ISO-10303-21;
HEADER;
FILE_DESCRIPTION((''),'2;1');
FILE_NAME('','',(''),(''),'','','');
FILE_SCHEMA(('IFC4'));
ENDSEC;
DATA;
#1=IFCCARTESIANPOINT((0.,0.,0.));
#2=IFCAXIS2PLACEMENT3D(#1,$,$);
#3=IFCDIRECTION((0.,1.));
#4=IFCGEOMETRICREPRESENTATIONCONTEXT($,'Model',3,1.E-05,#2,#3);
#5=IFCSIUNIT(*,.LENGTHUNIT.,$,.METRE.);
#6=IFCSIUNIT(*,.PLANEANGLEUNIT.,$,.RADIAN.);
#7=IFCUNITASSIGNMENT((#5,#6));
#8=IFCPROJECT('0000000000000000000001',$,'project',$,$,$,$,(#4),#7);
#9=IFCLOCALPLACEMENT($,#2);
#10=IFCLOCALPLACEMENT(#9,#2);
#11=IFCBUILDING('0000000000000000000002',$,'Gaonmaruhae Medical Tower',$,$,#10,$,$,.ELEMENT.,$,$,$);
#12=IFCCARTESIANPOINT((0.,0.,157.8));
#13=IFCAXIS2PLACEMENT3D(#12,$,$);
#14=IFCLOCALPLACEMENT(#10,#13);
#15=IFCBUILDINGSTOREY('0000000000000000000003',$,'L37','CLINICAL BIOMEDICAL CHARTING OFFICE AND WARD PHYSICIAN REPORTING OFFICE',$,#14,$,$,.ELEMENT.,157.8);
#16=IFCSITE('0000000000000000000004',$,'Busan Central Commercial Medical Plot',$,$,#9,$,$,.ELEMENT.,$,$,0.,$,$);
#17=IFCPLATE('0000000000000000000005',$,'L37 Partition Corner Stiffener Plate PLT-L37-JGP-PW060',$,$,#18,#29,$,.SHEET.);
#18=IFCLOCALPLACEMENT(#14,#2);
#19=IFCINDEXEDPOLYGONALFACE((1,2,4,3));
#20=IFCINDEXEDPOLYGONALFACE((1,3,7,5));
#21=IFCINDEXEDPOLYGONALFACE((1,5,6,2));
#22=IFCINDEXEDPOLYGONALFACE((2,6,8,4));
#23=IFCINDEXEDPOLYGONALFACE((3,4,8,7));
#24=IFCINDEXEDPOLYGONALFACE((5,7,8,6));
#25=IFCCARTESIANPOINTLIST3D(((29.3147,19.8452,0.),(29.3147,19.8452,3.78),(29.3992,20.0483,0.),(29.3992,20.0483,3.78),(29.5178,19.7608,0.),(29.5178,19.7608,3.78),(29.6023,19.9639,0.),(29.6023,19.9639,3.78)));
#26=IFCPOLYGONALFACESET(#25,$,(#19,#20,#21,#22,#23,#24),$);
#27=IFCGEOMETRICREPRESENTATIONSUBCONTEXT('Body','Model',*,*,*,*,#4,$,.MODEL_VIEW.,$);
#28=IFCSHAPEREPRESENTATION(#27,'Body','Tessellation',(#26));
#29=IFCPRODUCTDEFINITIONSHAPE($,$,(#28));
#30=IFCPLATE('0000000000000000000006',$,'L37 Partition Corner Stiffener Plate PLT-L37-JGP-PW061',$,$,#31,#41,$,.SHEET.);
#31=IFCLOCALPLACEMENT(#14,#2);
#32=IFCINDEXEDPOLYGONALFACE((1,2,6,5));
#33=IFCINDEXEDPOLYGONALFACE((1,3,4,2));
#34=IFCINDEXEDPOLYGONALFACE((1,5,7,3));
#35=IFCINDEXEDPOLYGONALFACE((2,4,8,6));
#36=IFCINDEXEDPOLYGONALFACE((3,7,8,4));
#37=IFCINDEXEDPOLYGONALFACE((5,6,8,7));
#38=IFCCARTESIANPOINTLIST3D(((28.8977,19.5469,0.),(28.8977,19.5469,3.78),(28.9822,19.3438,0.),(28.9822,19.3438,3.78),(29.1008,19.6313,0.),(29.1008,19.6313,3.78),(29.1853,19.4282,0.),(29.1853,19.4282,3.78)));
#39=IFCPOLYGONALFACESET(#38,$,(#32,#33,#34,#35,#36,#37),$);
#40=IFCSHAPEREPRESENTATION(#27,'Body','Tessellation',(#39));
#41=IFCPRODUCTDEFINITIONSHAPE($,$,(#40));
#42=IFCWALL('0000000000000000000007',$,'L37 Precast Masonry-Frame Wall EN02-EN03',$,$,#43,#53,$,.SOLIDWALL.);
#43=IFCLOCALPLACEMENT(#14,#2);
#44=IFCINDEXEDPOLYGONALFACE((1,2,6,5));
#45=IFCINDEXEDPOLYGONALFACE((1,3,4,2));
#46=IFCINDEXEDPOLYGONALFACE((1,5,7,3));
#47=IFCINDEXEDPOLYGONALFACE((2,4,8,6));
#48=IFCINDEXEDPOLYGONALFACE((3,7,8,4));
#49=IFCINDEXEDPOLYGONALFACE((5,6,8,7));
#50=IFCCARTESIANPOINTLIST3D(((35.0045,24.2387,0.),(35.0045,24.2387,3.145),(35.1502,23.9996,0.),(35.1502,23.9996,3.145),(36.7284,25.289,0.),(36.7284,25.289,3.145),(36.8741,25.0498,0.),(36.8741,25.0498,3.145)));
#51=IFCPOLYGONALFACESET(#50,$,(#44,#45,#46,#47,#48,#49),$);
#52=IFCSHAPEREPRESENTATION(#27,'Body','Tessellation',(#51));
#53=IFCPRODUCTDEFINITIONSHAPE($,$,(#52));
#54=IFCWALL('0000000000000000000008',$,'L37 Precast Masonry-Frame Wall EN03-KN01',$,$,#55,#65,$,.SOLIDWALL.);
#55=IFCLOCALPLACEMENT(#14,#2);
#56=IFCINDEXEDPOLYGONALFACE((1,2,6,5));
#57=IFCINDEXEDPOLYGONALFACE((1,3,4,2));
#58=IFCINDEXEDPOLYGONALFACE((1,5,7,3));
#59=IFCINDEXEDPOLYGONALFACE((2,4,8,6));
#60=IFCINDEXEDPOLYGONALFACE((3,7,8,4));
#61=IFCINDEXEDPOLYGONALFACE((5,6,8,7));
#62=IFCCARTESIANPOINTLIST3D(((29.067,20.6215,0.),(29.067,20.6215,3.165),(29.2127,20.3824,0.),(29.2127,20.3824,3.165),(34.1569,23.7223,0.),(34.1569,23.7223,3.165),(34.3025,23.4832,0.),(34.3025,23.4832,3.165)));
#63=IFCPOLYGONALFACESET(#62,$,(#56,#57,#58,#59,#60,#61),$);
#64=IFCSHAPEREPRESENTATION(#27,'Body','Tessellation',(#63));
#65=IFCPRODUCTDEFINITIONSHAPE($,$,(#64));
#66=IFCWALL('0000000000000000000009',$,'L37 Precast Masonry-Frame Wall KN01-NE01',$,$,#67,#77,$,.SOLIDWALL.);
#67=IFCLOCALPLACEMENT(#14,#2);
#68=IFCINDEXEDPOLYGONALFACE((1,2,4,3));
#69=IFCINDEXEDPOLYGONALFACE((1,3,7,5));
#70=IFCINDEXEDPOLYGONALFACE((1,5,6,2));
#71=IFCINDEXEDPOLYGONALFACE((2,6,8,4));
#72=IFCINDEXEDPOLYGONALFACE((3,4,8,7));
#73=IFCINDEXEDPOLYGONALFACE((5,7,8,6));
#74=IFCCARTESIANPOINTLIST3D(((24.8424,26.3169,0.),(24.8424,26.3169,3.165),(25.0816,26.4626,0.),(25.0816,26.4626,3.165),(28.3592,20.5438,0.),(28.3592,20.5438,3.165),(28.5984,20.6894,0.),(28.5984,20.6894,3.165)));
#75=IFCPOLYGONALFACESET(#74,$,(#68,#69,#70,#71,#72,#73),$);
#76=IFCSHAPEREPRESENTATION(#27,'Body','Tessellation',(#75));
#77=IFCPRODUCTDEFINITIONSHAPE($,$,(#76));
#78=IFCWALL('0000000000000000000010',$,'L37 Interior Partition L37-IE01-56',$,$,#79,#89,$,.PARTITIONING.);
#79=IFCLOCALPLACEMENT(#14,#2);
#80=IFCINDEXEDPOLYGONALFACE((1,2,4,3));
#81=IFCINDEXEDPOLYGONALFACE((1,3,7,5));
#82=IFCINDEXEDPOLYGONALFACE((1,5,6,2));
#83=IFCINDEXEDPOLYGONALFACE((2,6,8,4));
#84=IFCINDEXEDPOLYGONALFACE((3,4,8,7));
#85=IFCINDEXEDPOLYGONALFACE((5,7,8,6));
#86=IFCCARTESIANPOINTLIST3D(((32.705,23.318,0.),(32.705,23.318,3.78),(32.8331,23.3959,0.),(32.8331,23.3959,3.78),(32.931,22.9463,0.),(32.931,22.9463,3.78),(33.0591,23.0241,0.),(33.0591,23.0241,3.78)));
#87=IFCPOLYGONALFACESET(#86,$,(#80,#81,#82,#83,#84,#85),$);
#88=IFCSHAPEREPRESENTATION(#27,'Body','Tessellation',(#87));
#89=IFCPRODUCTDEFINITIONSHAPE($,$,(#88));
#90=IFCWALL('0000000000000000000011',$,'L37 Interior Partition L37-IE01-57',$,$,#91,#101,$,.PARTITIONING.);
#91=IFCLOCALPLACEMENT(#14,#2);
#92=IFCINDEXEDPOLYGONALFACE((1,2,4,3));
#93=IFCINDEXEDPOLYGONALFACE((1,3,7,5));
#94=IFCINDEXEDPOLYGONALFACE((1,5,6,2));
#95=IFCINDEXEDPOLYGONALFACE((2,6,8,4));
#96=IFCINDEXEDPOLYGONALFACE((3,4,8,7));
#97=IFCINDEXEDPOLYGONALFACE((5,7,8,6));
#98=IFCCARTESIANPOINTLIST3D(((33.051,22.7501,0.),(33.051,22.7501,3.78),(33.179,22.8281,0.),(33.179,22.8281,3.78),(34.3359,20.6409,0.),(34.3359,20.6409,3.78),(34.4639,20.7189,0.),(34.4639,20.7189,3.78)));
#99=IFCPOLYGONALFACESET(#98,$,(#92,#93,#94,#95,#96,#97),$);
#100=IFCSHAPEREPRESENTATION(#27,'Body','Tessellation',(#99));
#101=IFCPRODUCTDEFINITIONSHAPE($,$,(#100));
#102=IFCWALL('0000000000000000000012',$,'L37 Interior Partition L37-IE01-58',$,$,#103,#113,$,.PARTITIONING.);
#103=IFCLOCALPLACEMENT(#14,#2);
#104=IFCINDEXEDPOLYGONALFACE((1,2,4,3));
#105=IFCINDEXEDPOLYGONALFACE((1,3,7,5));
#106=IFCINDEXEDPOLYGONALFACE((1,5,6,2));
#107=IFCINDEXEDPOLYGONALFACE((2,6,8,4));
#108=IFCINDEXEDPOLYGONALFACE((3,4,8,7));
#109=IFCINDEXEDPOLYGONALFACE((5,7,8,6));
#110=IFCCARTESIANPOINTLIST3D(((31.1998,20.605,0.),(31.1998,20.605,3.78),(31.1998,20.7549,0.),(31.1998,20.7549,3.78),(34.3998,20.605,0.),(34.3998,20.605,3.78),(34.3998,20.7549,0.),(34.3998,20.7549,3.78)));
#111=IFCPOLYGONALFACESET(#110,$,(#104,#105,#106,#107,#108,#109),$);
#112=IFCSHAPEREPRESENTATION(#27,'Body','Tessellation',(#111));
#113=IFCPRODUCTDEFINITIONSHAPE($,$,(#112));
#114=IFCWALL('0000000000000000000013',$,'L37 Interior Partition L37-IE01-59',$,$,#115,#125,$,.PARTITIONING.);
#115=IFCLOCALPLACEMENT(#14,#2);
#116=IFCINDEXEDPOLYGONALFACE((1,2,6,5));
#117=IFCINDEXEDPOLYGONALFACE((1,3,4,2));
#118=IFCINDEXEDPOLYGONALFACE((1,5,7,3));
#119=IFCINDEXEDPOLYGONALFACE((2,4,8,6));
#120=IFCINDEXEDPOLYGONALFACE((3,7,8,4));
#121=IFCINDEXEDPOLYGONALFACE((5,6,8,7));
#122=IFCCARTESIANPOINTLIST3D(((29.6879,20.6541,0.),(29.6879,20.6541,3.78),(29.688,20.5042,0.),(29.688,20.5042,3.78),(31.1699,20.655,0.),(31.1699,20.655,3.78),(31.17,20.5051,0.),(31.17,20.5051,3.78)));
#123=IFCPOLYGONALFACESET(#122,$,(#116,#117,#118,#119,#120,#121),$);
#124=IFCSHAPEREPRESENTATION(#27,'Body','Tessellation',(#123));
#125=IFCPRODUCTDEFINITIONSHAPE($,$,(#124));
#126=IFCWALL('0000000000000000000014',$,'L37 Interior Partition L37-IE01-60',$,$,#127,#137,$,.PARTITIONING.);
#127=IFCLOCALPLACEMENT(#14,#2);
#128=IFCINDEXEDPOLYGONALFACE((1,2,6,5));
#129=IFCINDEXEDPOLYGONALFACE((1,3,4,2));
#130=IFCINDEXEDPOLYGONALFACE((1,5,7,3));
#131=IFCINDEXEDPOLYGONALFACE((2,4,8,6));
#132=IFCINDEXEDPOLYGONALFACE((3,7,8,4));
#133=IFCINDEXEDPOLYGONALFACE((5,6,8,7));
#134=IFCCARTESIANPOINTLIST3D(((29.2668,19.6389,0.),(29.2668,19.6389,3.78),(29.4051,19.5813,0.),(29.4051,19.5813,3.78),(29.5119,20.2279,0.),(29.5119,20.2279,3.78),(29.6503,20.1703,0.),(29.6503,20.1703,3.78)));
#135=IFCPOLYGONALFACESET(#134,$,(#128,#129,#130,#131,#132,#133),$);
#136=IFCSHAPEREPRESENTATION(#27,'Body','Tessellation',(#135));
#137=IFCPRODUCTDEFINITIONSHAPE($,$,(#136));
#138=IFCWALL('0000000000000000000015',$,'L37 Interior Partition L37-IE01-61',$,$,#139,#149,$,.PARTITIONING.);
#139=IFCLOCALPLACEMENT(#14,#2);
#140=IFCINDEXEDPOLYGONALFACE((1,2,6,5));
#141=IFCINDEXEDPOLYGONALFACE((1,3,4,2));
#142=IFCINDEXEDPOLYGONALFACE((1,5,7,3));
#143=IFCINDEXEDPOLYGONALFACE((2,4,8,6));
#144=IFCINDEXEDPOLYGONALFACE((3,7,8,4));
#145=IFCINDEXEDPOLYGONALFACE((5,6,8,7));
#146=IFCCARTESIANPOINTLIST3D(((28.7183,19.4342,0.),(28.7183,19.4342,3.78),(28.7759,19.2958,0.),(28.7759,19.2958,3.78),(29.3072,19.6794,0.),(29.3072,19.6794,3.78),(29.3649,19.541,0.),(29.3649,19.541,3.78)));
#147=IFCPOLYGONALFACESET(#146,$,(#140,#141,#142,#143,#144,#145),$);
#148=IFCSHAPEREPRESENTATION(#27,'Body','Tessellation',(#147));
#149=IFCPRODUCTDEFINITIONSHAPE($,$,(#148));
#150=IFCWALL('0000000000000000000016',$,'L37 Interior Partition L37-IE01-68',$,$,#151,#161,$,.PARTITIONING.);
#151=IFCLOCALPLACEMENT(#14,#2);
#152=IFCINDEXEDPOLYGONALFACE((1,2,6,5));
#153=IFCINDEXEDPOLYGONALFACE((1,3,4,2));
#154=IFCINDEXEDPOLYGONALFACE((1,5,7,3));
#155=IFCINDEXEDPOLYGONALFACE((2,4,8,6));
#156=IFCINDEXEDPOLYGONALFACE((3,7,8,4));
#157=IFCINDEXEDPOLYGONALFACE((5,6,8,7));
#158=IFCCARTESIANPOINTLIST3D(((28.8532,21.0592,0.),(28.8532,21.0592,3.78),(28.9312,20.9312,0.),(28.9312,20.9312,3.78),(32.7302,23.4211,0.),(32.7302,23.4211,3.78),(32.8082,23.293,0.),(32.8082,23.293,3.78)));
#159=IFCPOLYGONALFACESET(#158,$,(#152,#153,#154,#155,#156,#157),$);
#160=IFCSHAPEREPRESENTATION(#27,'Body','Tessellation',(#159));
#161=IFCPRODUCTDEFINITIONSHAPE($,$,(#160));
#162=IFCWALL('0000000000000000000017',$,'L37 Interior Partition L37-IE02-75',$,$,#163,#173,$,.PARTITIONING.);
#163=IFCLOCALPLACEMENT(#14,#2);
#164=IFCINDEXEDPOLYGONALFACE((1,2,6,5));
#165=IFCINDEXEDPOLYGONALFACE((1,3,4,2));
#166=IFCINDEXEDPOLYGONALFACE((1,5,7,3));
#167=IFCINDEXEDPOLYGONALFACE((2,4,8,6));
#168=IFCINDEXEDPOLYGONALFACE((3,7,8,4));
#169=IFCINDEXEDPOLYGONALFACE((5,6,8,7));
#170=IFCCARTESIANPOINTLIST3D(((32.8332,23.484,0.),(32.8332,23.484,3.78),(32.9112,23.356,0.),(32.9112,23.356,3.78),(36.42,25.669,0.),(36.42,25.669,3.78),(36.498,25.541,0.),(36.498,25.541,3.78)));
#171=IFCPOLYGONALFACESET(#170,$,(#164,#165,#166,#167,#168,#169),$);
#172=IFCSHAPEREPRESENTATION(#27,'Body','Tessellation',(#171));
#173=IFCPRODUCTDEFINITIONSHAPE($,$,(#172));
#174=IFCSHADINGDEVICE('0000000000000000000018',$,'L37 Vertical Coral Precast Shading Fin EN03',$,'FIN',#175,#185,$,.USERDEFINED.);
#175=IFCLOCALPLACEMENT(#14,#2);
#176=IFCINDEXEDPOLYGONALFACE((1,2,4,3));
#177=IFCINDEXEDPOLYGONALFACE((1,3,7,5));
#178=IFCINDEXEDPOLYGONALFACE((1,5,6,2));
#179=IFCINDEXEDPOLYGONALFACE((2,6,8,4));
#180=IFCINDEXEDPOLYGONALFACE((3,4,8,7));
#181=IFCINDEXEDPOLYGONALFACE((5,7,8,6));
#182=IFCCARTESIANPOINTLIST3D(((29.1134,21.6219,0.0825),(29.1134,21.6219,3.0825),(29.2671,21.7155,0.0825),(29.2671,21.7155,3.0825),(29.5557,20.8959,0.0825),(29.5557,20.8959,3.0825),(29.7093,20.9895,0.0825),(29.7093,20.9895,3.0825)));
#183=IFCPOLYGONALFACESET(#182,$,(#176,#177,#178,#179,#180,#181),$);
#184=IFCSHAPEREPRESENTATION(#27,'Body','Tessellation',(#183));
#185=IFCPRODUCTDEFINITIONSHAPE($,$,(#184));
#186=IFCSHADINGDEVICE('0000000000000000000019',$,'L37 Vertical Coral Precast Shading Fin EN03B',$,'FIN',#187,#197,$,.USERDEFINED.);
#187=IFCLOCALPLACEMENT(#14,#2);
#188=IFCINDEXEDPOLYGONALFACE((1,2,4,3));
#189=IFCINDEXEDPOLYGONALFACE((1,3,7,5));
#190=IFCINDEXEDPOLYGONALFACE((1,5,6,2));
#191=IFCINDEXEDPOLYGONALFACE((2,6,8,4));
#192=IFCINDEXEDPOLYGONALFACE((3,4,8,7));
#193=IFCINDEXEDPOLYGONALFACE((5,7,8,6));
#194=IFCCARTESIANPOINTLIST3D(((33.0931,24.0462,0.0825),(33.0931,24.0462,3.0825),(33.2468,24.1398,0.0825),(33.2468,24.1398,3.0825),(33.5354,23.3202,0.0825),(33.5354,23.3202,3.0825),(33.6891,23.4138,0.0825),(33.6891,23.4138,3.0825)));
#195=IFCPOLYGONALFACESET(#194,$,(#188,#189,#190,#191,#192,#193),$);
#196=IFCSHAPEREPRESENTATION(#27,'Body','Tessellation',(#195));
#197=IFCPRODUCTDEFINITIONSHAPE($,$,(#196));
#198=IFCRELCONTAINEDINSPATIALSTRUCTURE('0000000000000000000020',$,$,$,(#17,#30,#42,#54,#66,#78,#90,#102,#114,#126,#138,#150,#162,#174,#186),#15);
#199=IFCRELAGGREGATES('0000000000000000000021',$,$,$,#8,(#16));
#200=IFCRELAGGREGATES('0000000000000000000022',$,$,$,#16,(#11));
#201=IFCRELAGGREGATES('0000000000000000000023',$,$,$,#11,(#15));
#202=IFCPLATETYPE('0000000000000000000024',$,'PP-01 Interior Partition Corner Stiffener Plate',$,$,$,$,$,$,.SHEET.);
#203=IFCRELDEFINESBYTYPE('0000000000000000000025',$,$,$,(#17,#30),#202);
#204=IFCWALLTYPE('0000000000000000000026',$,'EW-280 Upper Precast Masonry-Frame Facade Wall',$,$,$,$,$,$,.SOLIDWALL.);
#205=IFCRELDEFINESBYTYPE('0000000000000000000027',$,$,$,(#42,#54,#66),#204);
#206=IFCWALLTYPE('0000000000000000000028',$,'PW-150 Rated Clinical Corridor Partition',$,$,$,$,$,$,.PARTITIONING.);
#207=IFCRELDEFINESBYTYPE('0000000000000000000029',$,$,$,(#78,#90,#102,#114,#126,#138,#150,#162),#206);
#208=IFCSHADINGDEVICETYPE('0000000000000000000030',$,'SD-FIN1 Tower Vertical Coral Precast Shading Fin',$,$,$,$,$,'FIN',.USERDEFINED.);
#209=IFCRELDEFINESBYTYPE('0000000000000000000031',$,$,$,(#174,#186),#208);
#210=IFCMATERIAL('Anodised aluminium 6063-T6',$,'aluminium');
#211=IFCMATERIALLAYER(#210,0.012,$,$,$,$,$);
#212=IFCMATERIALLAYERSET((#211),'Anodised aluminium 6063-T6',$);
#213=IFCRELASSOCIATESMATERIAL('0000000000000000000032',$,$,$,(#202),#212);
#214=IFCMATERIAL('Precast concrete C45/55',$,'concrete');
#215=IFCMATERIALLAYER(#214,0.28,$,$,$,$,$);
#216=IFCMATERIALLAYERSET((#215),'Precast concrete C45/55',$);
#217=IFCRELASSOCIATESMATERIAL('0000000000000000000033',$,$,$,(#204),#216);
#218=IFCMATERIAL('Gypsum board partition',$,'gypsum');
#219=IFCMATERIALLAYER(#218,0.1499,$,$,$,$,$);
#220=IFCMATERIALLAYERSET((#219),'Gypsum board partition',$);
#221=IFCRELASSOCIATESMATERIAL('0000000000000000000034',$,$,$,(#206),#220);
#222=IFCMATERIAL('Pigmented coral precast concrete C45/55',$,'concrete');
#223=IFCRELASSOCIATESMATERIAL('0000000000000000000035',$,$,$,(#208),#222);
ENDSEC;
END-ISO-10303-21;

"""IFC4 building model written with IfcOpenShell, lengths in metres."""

from ifc_helpers import new_model, si_unit, direction, frame, frame_2d, origin, origin_2d, place, context, subcontext, project, spatial, rectangle, extrude, material, layer, layer_set, type_object, element, save


model = new_model("IFC4")

# Units and contexts
model_context = context("Model", 3, precision=1e-05, world=origin(), true_north=direction((0.0, 1.0)))
body_context = subcontext(model_context, "Body", "Model", "MODEL_VIEW")
ifc_project = project(units=[si_unit("LENGTHUNIT", "METRE"), si_unit("PLANEANGLEUNIT", "RADIAN")], contexts=[model_context])

# Site, building, storey
site_placement = place(None, origin())
site = spatial("IfcSite", under=ifc_project, at=site_placement, Name="Busan Central Commercial Medical Plot", CompositionType="ELEMENT", RefElevation=0.0)
building_placement = place(site_placement, origin())
building = spatial("IfcBuilding", under=site, at=building_placement, Name="Gaonmaruhae Medical Tower", CompositionType="ELEMENT")
storey_placement = place(building_placement, frame((0.0, 0.0, 157.8)))
storey = spatial("IfcBuildingStorey", under=building, at=storey_placement, Name="L37", Description="CLINICAL BIOMEDICAL CHARTING OFFICE AND WARD PHYSICIAN REPORTING OFFICE", CompositionType="ELEMENT", Elevation=157.8)

# Plates
ifc_material_1 = material(Name="Anodised aluminium 6063-T6", Category="aluminium")
ifc_layer_1 = layer(ifc_material_1, 0.012)
ifc_layer_set_1 = layer_set([ifc_layer_1], Name="Anodised aluminium 6063-T6")
plate_type = type_object("IfcPlateType", Name="PP-01 Interior Partition Corner Stiffener Plate", PredefinedType="SHEET", material=ifc_layer_set_1)
for number, where, z_axis, x_axis, name in (
    (1, (29.4585, 19.9045, 0.0), (0.0, 0.0, 1.0), (-0.384054, -0.923311, 0.0), "L37 Partition Corner Stiffener Plate PLT-L37-JGP-PW060"),
    (2, (29.0415, 19.4875, 0.0), (0.0, 0.0, 1.0), (-0.923311, -0.384054, 0.0), "L37 Partition Corner Stiffener Plate PLT-L37-JGP-PW061"),
):
    element("IfcPlate", number, at=place(storey_placement, frame(where, z_axis=z_axis, x_axis=x_axis)), inside=storey, type_object=plate_type, Name=name, PredefinedType="SHEET", context=body_context, shape_type="SweptSolid", body=[
        extrude(rectangle(XDim=0.22, YDim=0.22, at=origin_2d()), origin(), (0.0, 0.0, 1.0), 3.78),
    ])

# Walls
ifc_material_2 = material(Name="Precast concrete C45/55", Category="concrete")
ifc_layer_2 = layer(ifc_material_2, 0.28)
ifc_layer_set_2 = layer_set([ifc_layer_2], Name="Precast concrete C45/55")
wall_type_1 = type_object("IfcWallType", Name="EW-280 Upper Precast Masonry-Frame Facade Wall", PredefinedType="SOLIDWALL", material=ifc_layer_set_2)
wall_1_placement = place(storey_placement, frame((35.0774, 24.1191, 0.0), z_axis=(0.0, 0.0, 1.0), x_axis=(0.853984, 0.5203, 0.0)))
element("IfcWall", 3, at=wall_1_placement, inside=storey, type_object=wall_type_1, Name="L37 Precast Masonry-Frame Wall EN02-EN03", PredefinedType="SOLIDWALL", context=body_context, shape_type="SweptSolid", body=[
    extrude(rectangle(XDim=2.0186, YDim=0.28, at=frame_2d((1.0093, 0.0))), origin(), (0.0, 0.0, 1.0), 3.145),
])
wall_2_placement = place(storey_placement, frame((29.1399, 20.502, 0.0), z_axis=(0.0, 0.0, 1.0), x_axis=(0.854, 0.520273, 0.0)))
element("IfcWall", 4, at=wall_2_placement, inside=storey, type_object=wall_type_1, Name="L37 Precast Masonry-Frame Wall EN03-KN01", PredefinedType="SOLIDWALL", context=body_context, shape_type="SweptSolid", body=[
    extrude(rectangle(XDim=5.96, YDim=0.28, at=frame_2d((2.98, 0.0))), origin(), (0.0, 0.0, 1.0), 3.165),
])
wall_3_placement = place(storey_placement, frame((28.4788, 20.6167, 0.0), z_axis=(0.0, 0.0, 1.0), x_axis=(-0.520241, 0.854019, 0.0)))
element("IfcWall", 5, at=wall_3_placement, inside=storey, type_object=wall_type_1, Name="L37 Precast Masonry-Frame Wall KN01-NE01", PredefinedType="SOLIDWALL", context=body_context, shape_type="SweptSolid", body=[
    extrude(rectangle(XDim=6.76, YDim=0.28, at=frame_2d((3.3799, 0.0))), origin(), (0.0, 0.0, 1.0), 3.165),
])
ifc_material_3 = material(Name="Gypsum board partition", Category="gypsum")
ifc_layer_3 = layer(ifc_material_3, 0.1499)
ifc_layer_set_3 = layer_set([ifc_layer_3], Name="Gypsum board partition")
wall_type_2 = type_object("IfcWallType", Name="PW-150 Rated Clinical Corridor Partition", PredefinedType="PARTITIONING", material=ifc_layer_set_3)
wall_4_placement = place(storey_placement, frame((32.769, 23.3569, 0.0), z_axis=(0.0, 0.0, 1.0), x_axis=(0.51952, -0.854458, 0.0)))
element("IfcWall", 6, at=wall_4_placement, inside=storey, type_object=wall_type_2, Name="L37 Interior Partition L37-IE01-56", PredefinedType="PARTITIONING", context=body_context, shape_type="SweptSolid", body=[
    extrude(rectangle(XDim=0.4351, YDim=0.1499, at=frame_2d((0.2175, 0.0))), origin(), (0.0, 0.0, 1.0), 3.78),
])
wall_5_placement = place(storey_placement, frame((33.115, 22.7891, 0.0), z_axis=(0.0, 0.0, 1.0), x_axis=(0.52027, -0.854002, 0.0)))
element("IfcWall", 7, at=wall_5_placement, inside=storey, type_object=wall_type_2, Name="L37 Interior Partition L37-IE01-57", PredefinedType="PARTITIONING", context=body_context, shape_type="SweptSolid", body=[
    extrude(rectangle(XDim=2.4697, YDim=0.1499, at=frame_2d((1.2349, 0.0))), origin(), (0.0, 0.0, 1.0), 3.78),
])
wall_6_placement = place(storey_placement, frame((34.3999, 20.6799, 0.0), z_axis=(0.0, 0.0, 1.0), x_axis=(-1.0, 0.0, 0.0)))
element("IfcWall", 8, at=wall_6_placement, inside=storey, type_object=wall_type_2, Name="L37 Interior Partition L37-IE01-58", PredefinedType="PARTITIONING", context=body_context, shape_type="SweptSolid", body=[
    extrude(rectangle(XDim=3.2, YDim=0.1499, at=frame_2d((1.6001, 0.0))), origin(), (0.0, 0.0, 1.0), 3.78),
])
wall_7_placement = place(storey_placement, frame((31.1699, 20.5801, 0.0), z_axis=(0.0, 0.0, 1.0), x_axis=(-1.0, -0.000659, 0.0)))
element("IfcWall", 9, at=wall_7_placement, inside=storey, type_object=wall_type_2, Name="L37 Interior Partition L37-IE01-59", PredefinedType="PARTITIONING", context=body_context, shape_type="SweptSolid", body=[
    extrude(rectangle(XDim=1.4819, YDim=0.1499, at=frame_2d((0.741, 0.0))), origin(), (0.0, 0.0, 1.0), 3.78),
])
for number, where, z_axis, x_axis, name in (
    (10, (29.5811, 20.199, 0.0), (0.0, 0.0, 1.0), (-0.384289, -0.923213, 0.0), "L37 Interior Partition L37-IE01-60"),
    (11, (29.3359, 19.6101, 0.0), (0.0, 0.0, 1.0), (-0.923213, -0.384289, 0.0), "L37 Interior Partition L37-IE01-61"),
):
    element("IfcWall", number, at=place(storey_placement, frame(where, z_axis=z_axis, x_axis=x_axis)), inside=storey, type_object=wall_type_2, Name=name, PredefinedType="PARTITIONING", context=body_context, shape_type="SweptSolid", body=[
        extrude(rectangle(XDim=0.6379, YDim=0.1499, at=frame_2d((0.3188, 0.0))), origin(), (0.0, 0.0, 1.0), 3.78),
    ])
wall_8_placement = place(storey_placement, frame((28.8921, 20.9951, 0.0), z_axis=(0.0, 0.0, 1.0), x_axis=(0.854009, 0.520257, 0.0)))
element("IfcWall", 12, at=wall_8_placement, inside=storey, type_object=wall_type_2, Name="L37 Interior Partition L37-IE01-68", PredefinedType="PARTITIONING", context=body_context, shape_type="SweptSolid", body=[
    extrude(rectangle(XDim=4.5398, YDim=0.1499, at=frame_2d((2.27, 0.0))), origin(), (0.0, 0.0, 1.0), 3.78),
])
wall_9_placement = place(storey_placement, frame((32.8721, 23.4199, 0.0), z_axis=(0.0, 0.0, 1.0), x_axis=(0.854017, 0.520246, 0.0)))
element("IfcWall", 13, at=wall_9_placement, inside=storey, type_object=wall_type_2, Name="L37 Interior Partition L37-IE02-75", PredefinedType="PARTITIONING", context=body_context, shape_type="SweptSolid", body=[
    extrude(rectangle(XDim=4.2, YDim=0.1499, at=frame_2d((2.1001, 0.0))), origin(), (0.0, 0.0, 1.0), 3.78),
])

# Shading devices
ifc_material_4 = material(Name="Pigmented coral precast concrete C45/55", Category="concrete")
shading_device_type = type_object("IfcShadingDeviceType", Name="SD-FIN1 Tower Vertical Coral Precast Shading Fin", ElementType="FIN", PredefinedType="USERDEFINED", material=ifc_material_4)
for number, where, z_axis, x_axis, name in (
    (14, (29.4114, 21.3057, 0.0825), (0.0, 0.0, 1.0), (0.854005, 0.520265, 0.0), "L37 Vertical Coral Precast Shading Fin EN03"),
    (15, (33.3911, 23.73, 0.0825), (0.0, 0.0, 1.0), (0.854005, 0.520265, 0.0), "L37 Vertical Coral Precast Shading Fin EN03B"),
):
    element("IfcShadingDevice", number, at=place(storey_placement, frame(where, z_axis=z_axis, x_axis=x_axis)), inside=storey, type_object=shading_device_type, Name=name, ObjectType="FIN", PredefinedType="USERDEFINED", context=body_context, shape_type="SweptSolid", body=[
        extrude(rectangle(XDim=0.1799, YDim=0.8501, at=origin_2d()), origin(), (0.0, 0.0, 1.0), 3.0),
    ])

save(model, "model.ifc")
